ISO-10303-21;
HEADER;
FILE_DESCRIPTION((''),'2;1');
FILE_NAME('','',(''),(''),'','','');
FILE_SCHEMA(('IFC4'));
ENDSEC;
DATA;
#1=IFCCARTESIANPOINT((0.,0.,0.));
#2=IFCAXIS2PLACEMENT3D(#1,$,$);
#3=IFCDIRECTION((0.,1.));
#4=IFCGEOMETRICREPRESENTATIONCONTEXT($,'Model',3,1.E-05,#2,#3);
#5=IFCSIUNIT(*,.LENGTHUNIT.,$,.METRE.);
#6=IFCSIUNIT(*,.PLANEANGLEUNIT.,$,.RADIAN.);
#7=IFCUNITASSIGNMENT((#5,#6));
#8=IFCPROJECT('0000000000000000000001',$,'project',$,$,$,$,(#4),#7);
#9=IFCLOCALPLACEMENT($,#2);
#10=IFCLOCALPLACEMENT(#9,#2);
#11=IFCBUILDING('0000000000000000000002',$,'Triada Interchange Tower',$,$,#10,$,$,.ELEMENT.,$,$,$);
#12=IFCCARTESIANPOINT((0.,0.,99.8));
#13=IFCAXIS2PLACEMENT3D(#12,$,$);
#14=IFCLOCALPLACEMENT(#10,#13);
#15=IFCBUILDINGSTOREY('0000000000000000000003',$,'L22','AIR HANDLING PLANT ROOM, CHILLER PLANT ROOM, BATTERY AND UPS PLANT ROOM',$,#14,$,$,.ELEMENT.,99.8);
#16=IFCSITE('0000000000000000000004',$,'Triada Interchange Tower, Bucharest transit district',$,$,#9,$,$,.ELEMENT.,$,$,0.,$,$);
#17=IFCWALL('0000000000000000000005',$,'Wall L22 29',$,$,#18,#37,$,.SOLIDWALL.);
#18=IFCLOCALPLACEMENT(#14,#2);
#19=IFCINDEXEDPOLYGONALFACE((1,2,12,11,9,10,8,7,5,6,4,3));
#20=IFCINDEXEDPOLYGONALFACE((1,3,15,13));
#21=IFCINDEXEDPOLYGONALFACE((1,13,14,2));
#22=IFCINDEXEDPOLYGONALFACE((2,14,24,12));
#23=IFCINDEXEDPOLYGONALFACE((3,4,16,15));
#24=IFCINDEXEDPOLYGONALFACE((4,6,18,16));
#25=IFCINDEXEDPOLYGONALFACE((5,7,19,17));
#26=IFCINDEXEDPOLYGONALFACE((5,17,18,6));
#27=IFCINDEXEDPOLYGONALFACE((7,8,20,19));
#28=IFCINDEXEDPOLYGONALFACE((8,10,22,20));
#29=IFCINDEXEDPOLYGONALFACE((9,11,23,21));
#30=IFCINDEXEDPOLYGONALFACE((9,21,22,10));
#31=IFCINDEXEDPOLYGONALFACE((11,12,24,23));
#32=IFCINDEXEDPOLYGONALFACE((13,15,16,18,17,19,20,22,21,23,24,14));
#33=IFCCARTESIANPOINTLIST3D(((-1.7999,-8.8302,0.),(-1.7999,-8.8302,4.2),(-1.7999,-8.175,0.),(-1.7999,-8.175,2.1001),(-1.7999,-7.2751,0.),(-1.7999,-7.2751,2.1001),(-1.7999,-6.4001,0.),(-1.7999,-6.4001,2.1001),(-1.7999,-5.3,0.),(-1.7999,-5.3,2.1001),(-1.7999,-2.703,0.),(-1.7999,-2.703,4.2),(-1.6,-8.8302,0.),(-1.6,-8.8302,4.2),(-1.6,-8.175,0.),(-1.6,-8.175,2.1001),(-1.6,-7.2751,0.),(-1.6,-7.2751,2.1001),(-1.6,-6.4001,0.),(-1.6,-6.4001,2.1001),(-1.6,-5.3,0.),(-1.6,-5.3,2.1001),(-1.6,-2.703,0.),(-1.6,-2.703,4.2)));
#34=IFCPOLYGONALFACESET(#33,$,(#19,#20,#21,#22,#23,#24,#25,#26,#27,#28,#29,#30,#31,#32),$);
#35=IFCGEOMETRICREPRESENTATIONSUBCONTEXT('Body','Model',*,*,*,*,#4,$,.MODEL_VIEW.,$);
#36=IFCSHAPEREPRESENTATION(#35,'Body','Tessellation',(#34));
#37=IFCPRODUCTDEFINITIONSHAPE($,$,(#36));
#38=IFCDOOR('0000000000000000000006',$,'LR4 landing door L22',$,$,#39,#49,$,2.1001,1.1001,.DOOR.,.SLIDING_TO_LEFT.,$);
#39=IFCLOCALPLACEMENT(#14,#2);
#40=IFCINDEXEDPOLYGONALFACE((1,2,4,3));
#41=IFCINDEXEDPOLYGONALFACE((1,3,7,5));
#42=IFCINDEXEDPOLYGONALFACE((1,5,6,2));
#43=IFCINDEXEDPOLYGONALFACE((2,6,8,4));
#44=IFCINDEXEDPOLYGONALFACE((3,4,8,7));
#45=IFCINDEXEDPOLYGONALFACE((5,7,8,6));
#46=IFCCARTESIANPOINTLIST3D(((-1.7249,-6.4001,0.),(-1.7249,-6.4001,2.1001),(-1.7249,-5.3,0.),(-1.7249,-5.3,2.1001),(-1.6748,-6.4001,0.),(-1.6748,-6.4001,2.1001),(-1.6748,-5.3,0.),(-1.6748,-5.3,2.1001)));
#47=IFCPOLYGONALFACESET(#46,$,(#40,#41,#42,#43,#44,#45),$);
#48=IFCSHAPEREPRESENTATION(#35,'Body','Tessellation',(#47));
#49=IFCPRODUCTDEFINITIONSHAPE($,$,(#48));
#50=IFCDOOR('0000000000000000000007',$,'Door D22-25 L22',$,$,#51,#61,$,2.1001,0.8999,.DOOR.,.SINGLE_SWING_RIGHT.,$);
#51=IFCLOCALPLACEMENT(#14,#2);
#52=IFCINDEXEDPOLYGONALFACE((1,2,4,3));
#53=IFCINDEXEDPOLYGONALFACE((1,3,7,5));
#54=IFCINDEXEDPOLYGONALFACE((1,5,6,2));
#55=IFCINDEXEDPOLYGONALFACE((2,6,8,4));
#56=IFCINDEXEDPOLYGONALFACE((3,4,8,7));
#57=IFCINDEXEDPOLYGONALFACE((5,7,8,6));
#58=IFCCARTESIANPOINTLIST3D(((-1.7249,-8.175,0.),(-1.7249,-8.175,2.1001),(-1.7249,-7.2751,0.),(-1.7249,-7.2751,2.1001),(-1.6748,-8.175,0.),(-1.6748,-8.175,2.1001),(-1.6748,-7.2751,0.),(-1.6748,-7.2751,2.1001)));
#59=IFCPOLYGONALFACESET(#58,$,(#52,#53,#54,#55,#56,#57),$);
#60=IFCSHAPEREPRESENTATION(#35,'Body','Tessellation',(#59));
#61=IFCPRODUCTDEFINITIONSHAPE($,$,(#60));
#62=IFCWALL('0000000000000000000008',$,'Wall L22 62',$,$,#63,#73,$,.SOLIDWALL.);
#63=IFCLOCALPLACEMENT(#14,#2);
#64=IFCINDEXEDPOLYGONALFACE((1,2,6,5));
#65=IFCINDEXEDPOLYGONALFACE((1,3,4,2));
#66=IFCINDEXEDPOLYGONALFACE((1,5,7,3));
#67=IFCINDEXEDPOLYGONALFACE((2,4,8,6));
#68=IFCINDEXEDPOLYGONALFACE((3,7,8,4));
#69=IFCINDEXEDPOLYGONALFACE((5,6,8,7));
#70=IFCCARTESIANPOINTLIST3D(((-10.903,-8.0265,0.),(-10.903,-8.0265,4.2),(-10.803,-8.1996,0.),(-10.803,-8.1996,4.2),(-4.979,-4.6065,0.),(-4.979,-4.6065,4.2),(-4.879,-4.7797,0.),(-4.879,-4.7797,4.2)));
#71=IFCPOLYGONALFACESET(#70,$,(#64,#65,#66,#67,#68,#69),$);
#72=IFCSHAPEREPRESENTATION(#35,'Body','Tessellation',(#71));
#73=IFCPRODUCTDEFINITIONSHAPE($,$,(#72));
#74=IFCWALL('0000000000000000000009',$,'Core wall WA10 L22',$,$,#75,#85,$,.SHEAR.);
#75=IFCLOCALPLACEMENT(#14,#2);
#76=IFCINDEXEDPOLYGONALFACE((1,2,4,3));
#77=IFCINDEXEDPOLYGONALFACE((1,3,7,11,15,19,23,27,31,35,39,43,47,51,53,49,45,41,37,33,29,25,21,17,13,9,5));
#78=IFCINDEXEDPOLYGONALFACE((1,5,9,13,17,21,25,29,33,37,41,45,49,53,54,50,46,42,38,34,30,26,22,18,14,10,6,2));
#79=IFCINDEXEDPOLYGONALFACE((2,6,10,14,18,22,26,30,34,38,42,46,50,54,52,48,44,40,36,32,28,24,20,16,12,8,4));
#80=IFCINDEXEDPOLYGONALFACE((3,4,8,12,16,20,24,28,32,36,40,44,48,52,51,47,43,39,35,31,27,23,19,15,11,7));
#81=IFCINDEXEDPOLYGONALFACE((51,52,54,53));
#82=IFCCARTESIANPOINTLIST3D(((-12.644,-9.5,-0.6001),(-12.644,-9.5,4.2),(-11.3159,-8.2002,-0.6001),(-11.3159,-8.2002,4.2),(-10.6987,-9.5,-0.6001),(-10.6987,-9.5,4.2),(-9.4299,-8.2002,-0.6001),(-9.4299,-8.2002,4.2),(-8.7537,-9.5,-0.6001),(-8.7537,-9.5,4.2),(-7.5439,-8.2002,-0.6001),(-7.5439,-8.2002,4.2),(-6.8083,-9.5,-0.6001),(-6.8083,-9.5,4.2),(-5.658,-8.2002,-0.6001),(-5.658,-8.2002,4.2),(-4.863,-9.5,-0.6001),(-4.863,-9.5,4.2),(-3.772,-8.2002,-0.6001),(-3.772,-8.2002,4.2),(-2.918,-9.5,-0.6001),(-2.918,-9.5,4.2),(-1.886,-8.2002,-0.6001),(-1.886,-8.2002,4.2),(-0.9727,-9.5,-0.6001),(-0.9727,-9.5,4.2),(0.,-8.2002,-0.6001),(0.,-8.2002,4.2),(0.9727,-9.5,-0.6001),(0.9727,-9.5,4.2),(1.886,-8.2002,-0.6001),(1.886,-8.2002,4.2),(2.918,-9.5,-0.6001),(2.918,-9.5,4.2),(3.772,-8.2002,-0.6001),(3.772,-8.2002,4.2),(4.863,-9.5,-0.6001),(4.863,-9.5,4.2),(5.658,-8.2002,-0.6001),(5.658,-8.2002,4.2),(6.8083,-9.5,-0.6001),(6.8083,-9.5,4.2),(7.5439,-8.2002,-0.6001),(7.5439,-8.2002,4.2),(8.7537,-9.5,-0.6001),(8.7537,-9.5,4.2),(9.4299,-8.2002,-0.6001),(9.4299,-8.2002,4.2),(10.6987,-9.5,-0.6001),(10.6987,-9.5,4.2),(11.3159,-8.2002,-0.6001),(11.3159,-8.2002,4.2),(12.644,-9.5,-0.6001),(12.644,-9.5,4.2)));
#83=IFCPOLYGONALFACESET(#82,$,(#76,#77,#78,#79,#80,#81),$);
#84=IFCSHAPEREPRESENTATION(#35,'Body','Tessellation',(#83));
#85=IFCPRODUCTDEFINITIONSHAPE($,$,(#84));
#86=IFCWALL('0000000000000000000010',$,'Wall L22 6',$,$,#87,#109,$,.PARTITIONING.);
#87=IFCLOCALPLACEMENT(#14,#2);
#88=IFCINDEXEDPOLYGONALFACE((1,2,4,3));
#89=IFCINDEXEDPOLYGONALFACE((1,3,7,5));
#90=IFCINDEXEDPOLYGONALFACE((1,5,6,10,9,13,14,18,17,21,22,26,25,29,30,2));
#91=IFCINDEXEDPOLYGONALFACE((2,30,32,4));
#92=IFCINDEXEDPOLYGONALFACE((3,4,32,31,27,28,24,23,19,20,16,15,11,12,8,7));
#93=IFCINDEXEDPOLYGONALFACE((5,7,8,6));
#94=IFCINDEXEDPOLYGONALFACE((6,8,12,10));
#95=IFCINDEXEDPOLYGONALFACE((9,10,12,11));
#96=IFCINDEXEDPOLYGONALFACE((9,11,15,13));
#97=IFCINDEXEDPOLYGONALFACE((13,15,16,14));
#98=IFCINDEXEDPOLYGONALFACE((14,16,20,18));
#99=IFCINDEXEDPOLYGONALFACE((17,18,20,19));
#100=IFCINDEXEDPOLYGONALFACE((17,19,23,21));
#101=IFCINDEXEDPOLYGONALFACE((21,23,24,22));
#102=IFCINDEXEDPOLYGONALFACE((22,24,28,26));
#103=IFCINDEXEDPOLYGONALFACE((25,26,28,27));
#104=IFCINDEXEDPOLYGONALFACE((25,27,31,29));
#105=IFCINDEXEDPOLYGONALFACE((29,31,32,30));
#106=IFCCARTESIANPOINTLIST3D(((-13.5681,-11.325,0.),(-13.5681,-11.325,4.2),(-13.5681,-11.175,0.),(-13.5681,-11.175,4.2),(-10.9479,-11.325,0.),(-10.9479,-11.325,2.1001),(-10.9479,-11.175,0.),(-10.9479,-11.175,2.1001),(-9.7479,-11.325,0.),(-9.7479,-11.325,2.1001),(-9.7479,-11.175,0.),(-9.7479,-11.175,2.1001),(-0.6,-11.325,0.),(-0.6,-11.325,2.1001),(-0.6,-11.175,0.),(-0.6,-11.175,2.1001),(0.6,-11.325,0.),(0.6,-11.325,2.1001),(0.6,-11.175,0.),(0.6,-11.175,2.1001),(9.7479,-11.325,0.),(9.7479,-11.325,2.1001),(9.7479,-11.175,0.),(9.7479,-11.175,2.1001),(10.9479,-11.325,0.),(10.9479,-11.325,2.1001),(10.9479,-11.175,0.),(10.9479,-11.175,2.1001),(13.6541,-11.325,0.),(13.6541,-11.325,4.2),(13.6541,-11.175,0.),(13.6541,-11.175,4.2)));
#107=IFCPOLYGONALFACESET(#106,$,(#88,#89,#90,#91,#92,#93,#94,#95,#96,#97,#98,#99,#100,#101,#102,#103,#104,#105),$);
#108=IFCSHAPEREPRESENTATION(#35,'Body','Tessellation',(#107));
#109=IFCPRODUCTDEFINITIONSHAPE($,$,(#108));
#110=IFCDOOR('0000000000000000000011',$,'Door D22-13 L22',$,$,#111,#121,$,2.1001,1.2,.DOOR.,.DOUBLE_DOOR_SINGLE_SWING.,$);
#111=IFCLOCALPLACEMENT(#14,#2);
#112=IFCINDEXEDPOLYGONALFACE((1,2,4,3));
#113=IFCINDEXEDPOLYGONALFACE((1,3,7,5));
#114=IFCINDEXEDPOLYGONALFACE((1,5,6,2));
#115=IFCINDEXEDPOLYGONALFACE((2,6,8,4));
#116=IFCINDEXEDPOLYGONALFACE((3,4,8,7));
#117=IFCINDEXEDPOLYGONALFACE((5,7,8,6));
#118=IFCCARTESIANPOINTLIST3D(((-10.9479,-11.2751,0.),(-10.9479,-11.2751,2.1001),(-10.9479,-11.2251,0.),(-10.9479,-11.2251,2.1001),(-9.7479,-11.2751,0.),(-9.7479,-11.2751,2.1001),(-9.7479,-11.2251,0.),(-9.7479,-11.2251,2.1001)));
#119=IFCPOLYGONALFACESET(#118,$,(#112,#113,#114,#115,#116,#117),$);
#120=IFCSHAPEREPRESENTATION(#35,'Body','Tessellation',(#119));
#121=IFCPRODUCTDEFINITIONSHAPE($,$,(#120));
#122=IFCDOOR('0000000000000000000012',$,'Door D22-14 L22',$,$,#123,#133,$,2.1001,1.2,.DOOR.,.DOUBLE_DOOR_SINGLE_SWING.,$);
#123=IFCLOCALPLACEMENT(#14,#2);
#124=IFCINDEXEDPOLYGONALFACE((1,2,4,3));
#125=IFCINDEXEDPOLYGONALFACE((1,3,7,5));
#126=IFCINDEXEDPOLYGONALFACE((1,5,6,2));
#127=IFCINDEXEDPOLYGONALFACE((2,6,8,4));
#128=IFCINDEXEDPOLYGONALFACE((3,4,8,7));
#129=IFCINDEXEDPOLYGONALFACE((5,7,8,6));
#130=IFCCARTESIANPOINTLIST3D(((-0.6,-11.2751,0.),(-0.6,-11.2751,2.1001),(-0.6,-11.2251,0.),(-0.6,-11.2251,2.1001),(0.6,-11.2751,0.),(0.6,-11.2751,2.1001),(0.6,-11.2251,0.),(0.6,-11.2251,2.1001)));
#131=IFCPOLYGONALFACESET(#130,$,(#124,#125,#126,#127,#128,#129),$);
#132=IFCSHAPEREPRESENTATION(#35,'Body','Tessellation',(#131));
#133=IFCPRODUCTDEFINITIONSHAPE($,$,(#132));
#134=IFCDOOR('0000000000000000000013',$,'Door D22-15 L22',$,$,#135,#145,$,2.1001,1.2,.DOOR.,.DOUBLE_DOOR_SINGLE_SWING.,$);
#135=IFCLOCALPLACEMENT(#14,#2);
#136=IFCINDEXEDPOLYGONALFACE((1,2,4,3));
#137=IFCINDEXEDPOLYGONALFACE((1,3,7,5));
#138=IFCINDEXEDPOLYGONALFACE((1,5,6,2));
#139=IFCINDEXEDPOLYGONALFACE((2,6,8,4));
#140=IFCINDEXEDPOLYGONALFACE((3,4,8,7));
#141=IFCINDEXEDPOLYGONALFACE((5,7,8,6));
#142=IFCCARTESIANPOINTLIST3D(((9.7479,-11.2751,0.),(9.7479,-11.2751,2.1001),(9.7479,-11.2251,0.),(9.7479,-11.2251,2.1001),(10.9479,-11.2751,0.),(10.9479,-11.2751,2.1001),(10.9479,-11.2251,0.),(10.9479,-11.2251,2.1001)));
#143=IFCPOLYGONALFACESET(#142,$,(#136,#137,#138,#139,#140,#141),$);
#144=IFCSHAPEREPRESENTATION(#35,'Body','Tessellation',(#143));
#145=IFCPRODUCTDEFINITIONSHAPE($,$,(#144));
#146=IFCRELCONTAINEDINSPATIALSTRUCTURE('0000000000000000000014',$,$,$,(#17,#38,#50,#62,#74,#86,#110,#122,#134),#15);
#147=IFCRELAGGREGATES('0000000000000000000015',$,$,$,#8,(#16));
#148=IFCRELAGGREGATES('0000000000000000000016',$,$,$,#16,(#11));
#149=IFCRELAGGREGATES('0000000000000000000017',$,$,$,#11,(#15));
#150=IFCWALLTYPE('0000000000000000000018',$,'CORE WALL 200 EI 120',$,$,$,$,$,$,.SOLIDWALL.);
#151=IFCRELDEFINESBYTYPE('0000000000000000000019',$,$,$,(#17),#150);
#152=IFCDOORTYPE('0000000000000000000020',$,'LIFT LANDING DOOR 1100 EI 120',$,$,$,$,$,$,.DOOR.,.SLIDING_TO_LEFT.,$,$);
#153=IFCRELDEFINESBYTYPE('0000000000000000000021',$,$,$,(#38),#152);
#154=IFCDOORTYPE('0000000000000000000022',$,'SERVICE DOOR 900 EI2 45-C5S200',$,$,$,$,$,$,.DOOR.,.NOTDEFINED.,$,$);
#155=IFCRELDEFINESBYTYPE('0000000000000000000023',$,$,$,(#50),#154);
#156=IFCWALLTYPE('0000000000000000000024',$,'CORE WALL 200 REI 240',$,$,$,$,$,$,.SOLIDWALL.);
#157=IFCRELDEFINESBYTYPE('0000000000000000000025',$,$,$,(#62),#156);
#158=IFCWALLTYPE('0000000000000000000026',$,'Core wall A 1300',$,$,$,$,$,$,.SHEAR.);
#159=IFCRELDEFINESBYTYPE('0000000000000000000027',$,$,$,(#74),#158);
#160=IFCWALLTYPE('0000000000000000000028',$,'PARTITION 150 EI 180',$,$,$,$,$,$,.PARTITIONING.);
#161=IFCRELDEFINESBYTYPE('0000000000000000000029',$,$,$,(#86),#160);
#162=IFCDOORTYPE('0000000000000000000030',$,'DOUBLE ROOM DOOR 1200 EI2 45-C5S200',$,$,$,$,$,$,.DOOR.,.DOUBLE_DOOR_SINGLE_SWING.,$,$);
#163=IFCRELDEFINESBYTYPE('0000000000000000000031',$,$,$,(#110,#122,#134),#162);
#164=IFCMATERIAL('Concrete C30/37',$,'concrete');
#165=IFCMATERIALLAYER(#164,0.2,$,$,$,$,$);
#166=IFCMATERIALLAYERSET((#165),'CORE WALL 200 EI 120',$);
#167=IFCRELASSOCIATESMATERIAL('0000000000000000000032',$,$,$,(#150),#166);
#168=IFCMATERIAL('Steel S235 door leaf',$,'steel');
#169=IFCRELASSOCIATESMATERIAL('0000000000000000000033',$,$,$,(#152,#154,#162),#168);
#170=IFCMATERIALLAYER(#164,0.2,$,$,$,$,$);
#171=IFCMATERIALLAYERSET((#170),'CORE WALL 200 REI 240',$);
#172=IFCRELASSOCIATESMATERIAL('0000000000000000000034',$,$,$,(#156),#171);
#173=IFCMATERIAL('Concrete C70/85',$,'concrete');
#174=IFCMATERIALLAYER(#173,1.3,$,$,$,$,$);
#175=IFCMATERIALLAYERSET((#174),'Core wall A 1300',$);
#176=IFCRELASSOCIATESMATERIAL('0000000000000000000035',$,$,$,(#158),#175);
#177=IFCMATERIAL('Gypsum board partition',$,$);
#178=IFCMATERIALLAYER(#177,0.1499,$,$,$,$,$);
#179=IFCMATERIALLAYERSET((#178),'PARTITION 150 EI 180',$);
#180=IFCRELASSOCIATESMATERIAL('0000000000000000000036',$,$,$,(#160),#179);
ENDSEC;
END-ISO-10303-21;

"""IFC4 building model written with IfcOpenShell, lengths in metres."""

from ifc_helpers import new_model, si_unit, direction, frame, frame_2d, origin, place, context, subcontext, project, spatial, polyline, rectangle, outline, extrude, material, layer, layer_set, type_object, element, fill, save


model = new_model("IFC4")

# Units and contexts
model_context = context("Model", 3, precision=1e-05, world=origin(), true_north=direction((0.0, 1.0)))
body_context = subcontext(model_context, "Body", "Model", "MODEL_VIEW")
ifc_project = project(units=[si_unit("LENGTHUNIT", "METRE"), si_unit("PLANEANGLEUNIT", "RADIAN")], contexts=[model_context])

# Site, building, storey
site_placement = place(None, origin())
site = spatial("IfcSite", under=ifc_project, at=site_placement, Name="Triada Interchange Tower, Bucharest transit district", CompositionType="ELEMENT", RefElevation=0.0)
building_placement = place(site_placement, origin())
building = spatial("IfcBuilding", under=site, at=building_placement, Name="Triada Interchange Tower", CompositionType="ELEMENT")
storey_placement = place(building_placement, frame((0.0, 0.0, 99.8)))
storey = spatial("IfcBuildingStorey", under=building, at=storey_placement, Name="L22", Description="AIR HANDLING PLANT ROOM, CHILLER PLANT ROOM, BATTERY AND UPS PLANT ROOM", CompositionType="ELEMENT", Elevation=99.8)

# Shared definitions
ifc_material_1 = material(Name="Concrete C70/85", Category="concrete")

# Wall, openings, doors
ifc_material_2 = material(Name="Concrete C30/37", Category="concrete")
ifc_layer_1 = layer(ifc_material_2, 0.2)
ifc_layer_set_1 = layer_set([ifc_layer_1], Name="CORE WALL 200 EI 120")
wall_type_1 = type_object("IfcWallType", Name="CORE WALL 200 EI 120", PredefinedType="SOLIDWALL", material=ifc_layer_set_1)
wall_1_placement = place(storey_placement, frame((-1.7, -8.8301, 0.0), z_axis=(0.0, 0.0, 1.0), x_axis=(0.0, 1.0, 0.0)))
wall_1 = element("IfcWall", 1, at=wall_1_placement, inside=storey, type_object=wall_type_1, Name="Wall L22 29", PredefinedType="SOLIDWALL", context=body_context, shape_type="SweptSolid", body=[
    extrude(rectangle(XDim=6.1272, YDim=0.2, at=frame_2d((3.0635, 0.0))), origin(), (0.0, 0.0, 1.0), 4.2),
])
opening_1_placement = place(wall_1_placement, frame((2.4299, 0.0, 0.0)))
opening_1 = element("IfcOpeningElement", 2, at=opening_1_placement, cuts=wall_1, PredefinedType="OPENING", context=body_context, shape_type="SweptSolid", body=[
    extrude(rectangle(XDim=1.1001, YDim=2.1001, at=frame_2d((0.55, 1.05))), frame((0.0, 0.1099, 0.0), z_axis=(0.0, -1.0, 0.0), x_axis=(1.0, 0.0, 0.0)), (0.0, 0.0, 1.0), 0.22),
])
opening_2_placement = place(wall_1_placement, frame((0.655, 0.0, 0.0)))
opening_2 = element("IfcOpeningElement", 3, at=opening_2_placement, cuts=wall_1, PredefinedType="OPENING", context=body_context, shape_type="SweptSolid", body=[
    extrude(rectangle(XDim=0.8999, YDim=2.1001, at=frame_2d((0.45, 1.05))), frame((0.0, 0.1099, 0.0), z_axis=(0.0, -1.0, 0.0), x_axis=(1.0, 0.0, 0.0)), (0.0, 0.0, 1.0), 0.22),
])
ifc_material_3 = material(Name="Steel S235 door leaf", Category="steel")
door_type_1 = type_object("IfcDoorType", Name="LIFT LANDING DOOR 1100 EI 120", OperationType="SLIDING_TO_LEFT", PredefinedType="DOOR", material=ifc_material_3)
door_1_placement = place(opening_1_placement, origin())
door_1 = element("IfcDoor", 4, at=door_1_placement, inside=storey, type_object=door_type_1, Name="LR4 landing door L22", OperationType="SLIDING_TO_LEFT", OverallHeight=2.1001, OverallWidth=1.1001, PredefinedType="DOOR", context=body_context, shape_type="SweptSolid", body=[
    extrude(rectangle(XDim=1.1001, YDim=2.1001, at=frame_2d((0.55, 1.05))), frame((0.0, 0.0249, 0.0), z_axis=(0.0, -1.0, 0.0), x_axis=(1.0, 0.0, 0.0)), (0.0, 0.0, 1.0), 0.05),
])
fill(opening_1, door_1)
door_type_2 = type_object("IfcDoorType", Name="SERVICE DOOR 900 EI2 45-C5S200", OperationType="NOTDEFINED", PredefinedType="DOOR", material=ifc_material_3)
door_2_placement = place(opening_2_placement, origin())
door_2 = element("IfcDoor", 5, at=door_2_placement, inside=storey, type_object=door_type_2, Name="Door D22-25 L22", OperationType="SINGLE_SWING_RIGHT", OverallHeight=2.1001, OverallWidth=0.8999, PredefinedType="DOOR", context=body_context, shape_type="SweptSolid", body=[
    extrude(rectangle(XDim=0.8999, YDim=2.1001, at=frame_2d((0.45, 1.05))), frame((0.0, 0.0249, 0.0), z_axis=(0.0, -1.0, 0.0), x_axis=(1.0, 0.0, 0.0)), (0.0, 0.0, 1.0), 0.05),
])
fill(opening_2, door_2)

# Walls
ifc_layer_2 = layer(ifc_material_2, 0.2)
ifc_layer_set_2 = layer_set([ifc_layer_2], Name="CORE WALL 200 REI 240")
wall_type_2 = type_object("IfcWallType", Name="CORE WALL 200 REI 240", PredefinedType="SOLIDWALL", material=ifc_layer_set_2)
wall_2_placement = place(storey_placement, frame((-10.853, -8.113, 0.0), z_axis=(0.0, 0.0, 1.0), x_axis=(0.866047, 0.499962, 0.0)))
element("IfcWall", 6, at=wall_2_placement, inside=storey, type_object=wall_type_2, Name="Wall L22 62", PredefinedType="SOLIDWALL", context=body_context, shape_type="SweptSolid", body=[
    extrude(rectangle(XDim=6.8403, YDim=0.2, at=frame_2d((3.4202, 0.0))), origin(), (0.0, 0.0, 1.0), 4.2),
])
ifc_layer_3 = layer(ifc_material_1, 1.3)
ifc_layer_set_3 = layer_set([ifc_layer_3], Name="Core wall A 1300")
wall_type_3 = type_object("IfcWallType", Name="Core wall A 1300", PredefinedType="SHEAR", material=ifc_layer_set_3)
wall_3_placement = place(storey_placement, frame((-11.98, -8.8501, -0.6001), z_axis=(0.0, 0.0, 1.0), x_axis=(1.0, 0.0, 0.0)))
element("IfcWall", 7, at=wall_3_placement, inside=storey, type_object=wall_type_3, Name="Core wall WA10 L22", PredefinedType="SHEAR", context=body_context, shape_type="SweptSolid", body=[
    extrude(outline(polyline([(-0.6641, -0.6499), (1.2812, -0.6499), (3.2263, -0.6499), (5.1716, -0.6499), (7.1169, -0.6499), (9.062, -0.6499), (11.0073, -0.6499), (12.9526, -0.6499), (14.8979, -0.6499), (16.843, -0.6499), (18.7883, -0.6499), (20.7336, -0.6499), (22.6787, -0.6499), (24.624, -0.6499), (23.2959, 0.6499), (21.4099, 0.6499), (19.5239, 0.6499), (17.6379, 0.6499), (15.752, 0.6499), (13.866, 0.6499), (11.98, 0.6499), (10.094, 0.6499), (8.208, 0.6499), (6.322, 0.6499), (4.436, 0.6499), (2.55, 0.6499), (0.6641, 0.6499), (-0.6641, -0.6499)])), origin(), (0.0, 0.0, 1.0), 4.8),
])

# Wall, openings, doors
ifc_material_4 = material(Name="Gypsum board partition")
ifc_layer_4 = layer(ifc_material_4, 0.1499)
ifc_layer_set_4 = layer_set([ifc_layer_4], Name="PARTITION 150 EI 180")
wall_type_4 = type_object("IfcWallType", Name="PARTITION 150 EI 180", PredefinedType="PARTITIONING", material=ifc_layer_set_4)
wall_4_placement = place(storey_placement, frame((-13.5681, -11.25, 0.0), z_axis=(0.0, 0.0, 1.0), x_axis=(1.0, 0.0, 0.0)))
wall_4 = element("IfcWall", 8, at=wall_4_placement, inside=storey, type_object=wall_type_4, Name="Wall L22 6", PredefinedType="PARTITIONING", context=body_context, shape_type="SweptSolid", body=[
    extrude(rectangle(XDim=27.2222, YDim=0.1499, at=frame_2d((13.6111, 0.0))), origin(), (0.0, 0.0, 1.0), 4.2),
])
opening_3_placement = place(wall_4_placement, frame((2.6201, 0.0, 0.0)))
opening_3 = element("IfcOpeningElement", 9, at=opening_3_placement, cuts=wall_4, PredefinedType="OPENING", context=body_context, shape_type="SweptSolid", body=[
    extrude(rectangle(XDim=1.2, YDim=2.1001, at=frame_2d((0.6001, 1.05))), frame((0.0, 0.085, 0.0), z_axis=(0.0, -1.0, 0.0), x_axis=(1.0, 0.0, 0.0)), (0.0, 0.0, 1.0), 0.1699),
])
opening_4_placement = place(wall_4_placement, frame((12.968, 0.0, 0.0)))
opening_4 = element("IfcOpeningElement", 10, at=opening_4_placement, cuts=wall_4, PredefinedType="OPENING", context=body_context, shape_type="SweptSolid", body=[
    extrude(rectangle(XDim=1.2, YDim=2.1001, at=frame_2d((0.6001, 1.05))), frame((0.0, 0.085, 0.0), z_axis=(0.0, -1.0, 0.0), x_axis=(1.0, 0.0, 0.0)), (0.0, 0.0, 1.0), 0.1699),
])
opening_5_placement = place(wall_4_placement, frame((23.3159, 0.0, 0.0)))
opening_5 = element("IfcOpeningElement", 11, at=opening_5_placement, cuts=wall_4, PredefinedType="OPENING", context=body_context, shape_type="SweptSolid", body=[
    extrude(rectangle(XDim=1.2, YDim=2.1001, at=frame_2d((0.6001, 1.05))), frame((0.0, 0.085, 0.0), z_axis=(0.0, -1.0, 0.0), x_axis=(1.0, 0.0, 0.0)), (0.0, 0.0, 1.0), 0.1699),
])
door_type_3 = type_object("IfcDoorType", Name="DOUBLE ROOM DOOR 1200 EI2 45-C5S200", OperationType="DOUBLE_DOOR_SINGLE_SWING", PredefinedType="DOOR", material=ifc_material_3)
door_3_placement = place(opening_3_placement, origin())
door_3 = element("IfcDoor", 12, at=door_3_placement, inside=storey, type_object=door_type_3, Name="Door D22-13 L22", OperationType="DOUBLE_DOOR_SINGLE_SWING", OverallHeight=2.1001, OverallWidth=1.2, PredefinedType="DOOR", context=body_context, shape_type="SweptSolid", body=[
    extrude(rectangle(XDim=1.2, YDim=2.1001, at=frame_2d((0.6001, 1.05))), frame((0.0, 0.0249, 0.0), z_axis=(0.0, -1.0, 0.0), x_axis=(1.0, 0.0, 0.0)), (0.0, 0.0, 1.0), 0.05),
])
fill(opening_3, door_3)
door_4_placement = place(opening_4_placement, origin())
door_4 = element("IfcDoor", 13, at=door_4_placement, inside=storey, type_object=door_type_3, Name="Door D22-14 L22", OperationType="DOUBLE_DOOR_SINGLE_SWING", OverallHeight=2.1001, OverallWidth=1.2, PredefinedType="DOOR", context=body_context, shape_type="SweptSolid", body=[
    extrude(rectangle(XDim=1.2, YDim=2.1001, at=frame_2d((0.6001, 1.05))), frame((0.0, 0.0249, 0.0), z_axis=(0.0, -1.0, 0.0), x_axis=(1.0, 0.0, 0.0)), (0.0, 0.0, 1.0), 0.05),
])
fill(opening_4, door_4)
door_5_placement = place(opening_5_placement, origin())
door_5 = element("IfcDoor", 14, at=door_5_placement, inside=storey, type_object=door_type_3, Name="Door D22-15 L22", OperationType="DOUBLE_DOOR_SINGLE_SWING", OverallHeight=2.1001, OverallWidth=1.2, PredefinedType="DOOR", context=body_context, shape_type="SweptSolid", body=[
    extrude(rectangle(XDim=1.2, YDim=2.1001, at=frame_2d((0.6001, 1.05))), frame((0.0, 0.0249, 0.0), z_axis=(0.0, -1.0, 0.0), x_axis=(1.0, 0.0, 0.0)), (0.0, 0.0, 1.0), 0.05),
])
fill(opening_5, door_5)

save(model, "model.ifc")
